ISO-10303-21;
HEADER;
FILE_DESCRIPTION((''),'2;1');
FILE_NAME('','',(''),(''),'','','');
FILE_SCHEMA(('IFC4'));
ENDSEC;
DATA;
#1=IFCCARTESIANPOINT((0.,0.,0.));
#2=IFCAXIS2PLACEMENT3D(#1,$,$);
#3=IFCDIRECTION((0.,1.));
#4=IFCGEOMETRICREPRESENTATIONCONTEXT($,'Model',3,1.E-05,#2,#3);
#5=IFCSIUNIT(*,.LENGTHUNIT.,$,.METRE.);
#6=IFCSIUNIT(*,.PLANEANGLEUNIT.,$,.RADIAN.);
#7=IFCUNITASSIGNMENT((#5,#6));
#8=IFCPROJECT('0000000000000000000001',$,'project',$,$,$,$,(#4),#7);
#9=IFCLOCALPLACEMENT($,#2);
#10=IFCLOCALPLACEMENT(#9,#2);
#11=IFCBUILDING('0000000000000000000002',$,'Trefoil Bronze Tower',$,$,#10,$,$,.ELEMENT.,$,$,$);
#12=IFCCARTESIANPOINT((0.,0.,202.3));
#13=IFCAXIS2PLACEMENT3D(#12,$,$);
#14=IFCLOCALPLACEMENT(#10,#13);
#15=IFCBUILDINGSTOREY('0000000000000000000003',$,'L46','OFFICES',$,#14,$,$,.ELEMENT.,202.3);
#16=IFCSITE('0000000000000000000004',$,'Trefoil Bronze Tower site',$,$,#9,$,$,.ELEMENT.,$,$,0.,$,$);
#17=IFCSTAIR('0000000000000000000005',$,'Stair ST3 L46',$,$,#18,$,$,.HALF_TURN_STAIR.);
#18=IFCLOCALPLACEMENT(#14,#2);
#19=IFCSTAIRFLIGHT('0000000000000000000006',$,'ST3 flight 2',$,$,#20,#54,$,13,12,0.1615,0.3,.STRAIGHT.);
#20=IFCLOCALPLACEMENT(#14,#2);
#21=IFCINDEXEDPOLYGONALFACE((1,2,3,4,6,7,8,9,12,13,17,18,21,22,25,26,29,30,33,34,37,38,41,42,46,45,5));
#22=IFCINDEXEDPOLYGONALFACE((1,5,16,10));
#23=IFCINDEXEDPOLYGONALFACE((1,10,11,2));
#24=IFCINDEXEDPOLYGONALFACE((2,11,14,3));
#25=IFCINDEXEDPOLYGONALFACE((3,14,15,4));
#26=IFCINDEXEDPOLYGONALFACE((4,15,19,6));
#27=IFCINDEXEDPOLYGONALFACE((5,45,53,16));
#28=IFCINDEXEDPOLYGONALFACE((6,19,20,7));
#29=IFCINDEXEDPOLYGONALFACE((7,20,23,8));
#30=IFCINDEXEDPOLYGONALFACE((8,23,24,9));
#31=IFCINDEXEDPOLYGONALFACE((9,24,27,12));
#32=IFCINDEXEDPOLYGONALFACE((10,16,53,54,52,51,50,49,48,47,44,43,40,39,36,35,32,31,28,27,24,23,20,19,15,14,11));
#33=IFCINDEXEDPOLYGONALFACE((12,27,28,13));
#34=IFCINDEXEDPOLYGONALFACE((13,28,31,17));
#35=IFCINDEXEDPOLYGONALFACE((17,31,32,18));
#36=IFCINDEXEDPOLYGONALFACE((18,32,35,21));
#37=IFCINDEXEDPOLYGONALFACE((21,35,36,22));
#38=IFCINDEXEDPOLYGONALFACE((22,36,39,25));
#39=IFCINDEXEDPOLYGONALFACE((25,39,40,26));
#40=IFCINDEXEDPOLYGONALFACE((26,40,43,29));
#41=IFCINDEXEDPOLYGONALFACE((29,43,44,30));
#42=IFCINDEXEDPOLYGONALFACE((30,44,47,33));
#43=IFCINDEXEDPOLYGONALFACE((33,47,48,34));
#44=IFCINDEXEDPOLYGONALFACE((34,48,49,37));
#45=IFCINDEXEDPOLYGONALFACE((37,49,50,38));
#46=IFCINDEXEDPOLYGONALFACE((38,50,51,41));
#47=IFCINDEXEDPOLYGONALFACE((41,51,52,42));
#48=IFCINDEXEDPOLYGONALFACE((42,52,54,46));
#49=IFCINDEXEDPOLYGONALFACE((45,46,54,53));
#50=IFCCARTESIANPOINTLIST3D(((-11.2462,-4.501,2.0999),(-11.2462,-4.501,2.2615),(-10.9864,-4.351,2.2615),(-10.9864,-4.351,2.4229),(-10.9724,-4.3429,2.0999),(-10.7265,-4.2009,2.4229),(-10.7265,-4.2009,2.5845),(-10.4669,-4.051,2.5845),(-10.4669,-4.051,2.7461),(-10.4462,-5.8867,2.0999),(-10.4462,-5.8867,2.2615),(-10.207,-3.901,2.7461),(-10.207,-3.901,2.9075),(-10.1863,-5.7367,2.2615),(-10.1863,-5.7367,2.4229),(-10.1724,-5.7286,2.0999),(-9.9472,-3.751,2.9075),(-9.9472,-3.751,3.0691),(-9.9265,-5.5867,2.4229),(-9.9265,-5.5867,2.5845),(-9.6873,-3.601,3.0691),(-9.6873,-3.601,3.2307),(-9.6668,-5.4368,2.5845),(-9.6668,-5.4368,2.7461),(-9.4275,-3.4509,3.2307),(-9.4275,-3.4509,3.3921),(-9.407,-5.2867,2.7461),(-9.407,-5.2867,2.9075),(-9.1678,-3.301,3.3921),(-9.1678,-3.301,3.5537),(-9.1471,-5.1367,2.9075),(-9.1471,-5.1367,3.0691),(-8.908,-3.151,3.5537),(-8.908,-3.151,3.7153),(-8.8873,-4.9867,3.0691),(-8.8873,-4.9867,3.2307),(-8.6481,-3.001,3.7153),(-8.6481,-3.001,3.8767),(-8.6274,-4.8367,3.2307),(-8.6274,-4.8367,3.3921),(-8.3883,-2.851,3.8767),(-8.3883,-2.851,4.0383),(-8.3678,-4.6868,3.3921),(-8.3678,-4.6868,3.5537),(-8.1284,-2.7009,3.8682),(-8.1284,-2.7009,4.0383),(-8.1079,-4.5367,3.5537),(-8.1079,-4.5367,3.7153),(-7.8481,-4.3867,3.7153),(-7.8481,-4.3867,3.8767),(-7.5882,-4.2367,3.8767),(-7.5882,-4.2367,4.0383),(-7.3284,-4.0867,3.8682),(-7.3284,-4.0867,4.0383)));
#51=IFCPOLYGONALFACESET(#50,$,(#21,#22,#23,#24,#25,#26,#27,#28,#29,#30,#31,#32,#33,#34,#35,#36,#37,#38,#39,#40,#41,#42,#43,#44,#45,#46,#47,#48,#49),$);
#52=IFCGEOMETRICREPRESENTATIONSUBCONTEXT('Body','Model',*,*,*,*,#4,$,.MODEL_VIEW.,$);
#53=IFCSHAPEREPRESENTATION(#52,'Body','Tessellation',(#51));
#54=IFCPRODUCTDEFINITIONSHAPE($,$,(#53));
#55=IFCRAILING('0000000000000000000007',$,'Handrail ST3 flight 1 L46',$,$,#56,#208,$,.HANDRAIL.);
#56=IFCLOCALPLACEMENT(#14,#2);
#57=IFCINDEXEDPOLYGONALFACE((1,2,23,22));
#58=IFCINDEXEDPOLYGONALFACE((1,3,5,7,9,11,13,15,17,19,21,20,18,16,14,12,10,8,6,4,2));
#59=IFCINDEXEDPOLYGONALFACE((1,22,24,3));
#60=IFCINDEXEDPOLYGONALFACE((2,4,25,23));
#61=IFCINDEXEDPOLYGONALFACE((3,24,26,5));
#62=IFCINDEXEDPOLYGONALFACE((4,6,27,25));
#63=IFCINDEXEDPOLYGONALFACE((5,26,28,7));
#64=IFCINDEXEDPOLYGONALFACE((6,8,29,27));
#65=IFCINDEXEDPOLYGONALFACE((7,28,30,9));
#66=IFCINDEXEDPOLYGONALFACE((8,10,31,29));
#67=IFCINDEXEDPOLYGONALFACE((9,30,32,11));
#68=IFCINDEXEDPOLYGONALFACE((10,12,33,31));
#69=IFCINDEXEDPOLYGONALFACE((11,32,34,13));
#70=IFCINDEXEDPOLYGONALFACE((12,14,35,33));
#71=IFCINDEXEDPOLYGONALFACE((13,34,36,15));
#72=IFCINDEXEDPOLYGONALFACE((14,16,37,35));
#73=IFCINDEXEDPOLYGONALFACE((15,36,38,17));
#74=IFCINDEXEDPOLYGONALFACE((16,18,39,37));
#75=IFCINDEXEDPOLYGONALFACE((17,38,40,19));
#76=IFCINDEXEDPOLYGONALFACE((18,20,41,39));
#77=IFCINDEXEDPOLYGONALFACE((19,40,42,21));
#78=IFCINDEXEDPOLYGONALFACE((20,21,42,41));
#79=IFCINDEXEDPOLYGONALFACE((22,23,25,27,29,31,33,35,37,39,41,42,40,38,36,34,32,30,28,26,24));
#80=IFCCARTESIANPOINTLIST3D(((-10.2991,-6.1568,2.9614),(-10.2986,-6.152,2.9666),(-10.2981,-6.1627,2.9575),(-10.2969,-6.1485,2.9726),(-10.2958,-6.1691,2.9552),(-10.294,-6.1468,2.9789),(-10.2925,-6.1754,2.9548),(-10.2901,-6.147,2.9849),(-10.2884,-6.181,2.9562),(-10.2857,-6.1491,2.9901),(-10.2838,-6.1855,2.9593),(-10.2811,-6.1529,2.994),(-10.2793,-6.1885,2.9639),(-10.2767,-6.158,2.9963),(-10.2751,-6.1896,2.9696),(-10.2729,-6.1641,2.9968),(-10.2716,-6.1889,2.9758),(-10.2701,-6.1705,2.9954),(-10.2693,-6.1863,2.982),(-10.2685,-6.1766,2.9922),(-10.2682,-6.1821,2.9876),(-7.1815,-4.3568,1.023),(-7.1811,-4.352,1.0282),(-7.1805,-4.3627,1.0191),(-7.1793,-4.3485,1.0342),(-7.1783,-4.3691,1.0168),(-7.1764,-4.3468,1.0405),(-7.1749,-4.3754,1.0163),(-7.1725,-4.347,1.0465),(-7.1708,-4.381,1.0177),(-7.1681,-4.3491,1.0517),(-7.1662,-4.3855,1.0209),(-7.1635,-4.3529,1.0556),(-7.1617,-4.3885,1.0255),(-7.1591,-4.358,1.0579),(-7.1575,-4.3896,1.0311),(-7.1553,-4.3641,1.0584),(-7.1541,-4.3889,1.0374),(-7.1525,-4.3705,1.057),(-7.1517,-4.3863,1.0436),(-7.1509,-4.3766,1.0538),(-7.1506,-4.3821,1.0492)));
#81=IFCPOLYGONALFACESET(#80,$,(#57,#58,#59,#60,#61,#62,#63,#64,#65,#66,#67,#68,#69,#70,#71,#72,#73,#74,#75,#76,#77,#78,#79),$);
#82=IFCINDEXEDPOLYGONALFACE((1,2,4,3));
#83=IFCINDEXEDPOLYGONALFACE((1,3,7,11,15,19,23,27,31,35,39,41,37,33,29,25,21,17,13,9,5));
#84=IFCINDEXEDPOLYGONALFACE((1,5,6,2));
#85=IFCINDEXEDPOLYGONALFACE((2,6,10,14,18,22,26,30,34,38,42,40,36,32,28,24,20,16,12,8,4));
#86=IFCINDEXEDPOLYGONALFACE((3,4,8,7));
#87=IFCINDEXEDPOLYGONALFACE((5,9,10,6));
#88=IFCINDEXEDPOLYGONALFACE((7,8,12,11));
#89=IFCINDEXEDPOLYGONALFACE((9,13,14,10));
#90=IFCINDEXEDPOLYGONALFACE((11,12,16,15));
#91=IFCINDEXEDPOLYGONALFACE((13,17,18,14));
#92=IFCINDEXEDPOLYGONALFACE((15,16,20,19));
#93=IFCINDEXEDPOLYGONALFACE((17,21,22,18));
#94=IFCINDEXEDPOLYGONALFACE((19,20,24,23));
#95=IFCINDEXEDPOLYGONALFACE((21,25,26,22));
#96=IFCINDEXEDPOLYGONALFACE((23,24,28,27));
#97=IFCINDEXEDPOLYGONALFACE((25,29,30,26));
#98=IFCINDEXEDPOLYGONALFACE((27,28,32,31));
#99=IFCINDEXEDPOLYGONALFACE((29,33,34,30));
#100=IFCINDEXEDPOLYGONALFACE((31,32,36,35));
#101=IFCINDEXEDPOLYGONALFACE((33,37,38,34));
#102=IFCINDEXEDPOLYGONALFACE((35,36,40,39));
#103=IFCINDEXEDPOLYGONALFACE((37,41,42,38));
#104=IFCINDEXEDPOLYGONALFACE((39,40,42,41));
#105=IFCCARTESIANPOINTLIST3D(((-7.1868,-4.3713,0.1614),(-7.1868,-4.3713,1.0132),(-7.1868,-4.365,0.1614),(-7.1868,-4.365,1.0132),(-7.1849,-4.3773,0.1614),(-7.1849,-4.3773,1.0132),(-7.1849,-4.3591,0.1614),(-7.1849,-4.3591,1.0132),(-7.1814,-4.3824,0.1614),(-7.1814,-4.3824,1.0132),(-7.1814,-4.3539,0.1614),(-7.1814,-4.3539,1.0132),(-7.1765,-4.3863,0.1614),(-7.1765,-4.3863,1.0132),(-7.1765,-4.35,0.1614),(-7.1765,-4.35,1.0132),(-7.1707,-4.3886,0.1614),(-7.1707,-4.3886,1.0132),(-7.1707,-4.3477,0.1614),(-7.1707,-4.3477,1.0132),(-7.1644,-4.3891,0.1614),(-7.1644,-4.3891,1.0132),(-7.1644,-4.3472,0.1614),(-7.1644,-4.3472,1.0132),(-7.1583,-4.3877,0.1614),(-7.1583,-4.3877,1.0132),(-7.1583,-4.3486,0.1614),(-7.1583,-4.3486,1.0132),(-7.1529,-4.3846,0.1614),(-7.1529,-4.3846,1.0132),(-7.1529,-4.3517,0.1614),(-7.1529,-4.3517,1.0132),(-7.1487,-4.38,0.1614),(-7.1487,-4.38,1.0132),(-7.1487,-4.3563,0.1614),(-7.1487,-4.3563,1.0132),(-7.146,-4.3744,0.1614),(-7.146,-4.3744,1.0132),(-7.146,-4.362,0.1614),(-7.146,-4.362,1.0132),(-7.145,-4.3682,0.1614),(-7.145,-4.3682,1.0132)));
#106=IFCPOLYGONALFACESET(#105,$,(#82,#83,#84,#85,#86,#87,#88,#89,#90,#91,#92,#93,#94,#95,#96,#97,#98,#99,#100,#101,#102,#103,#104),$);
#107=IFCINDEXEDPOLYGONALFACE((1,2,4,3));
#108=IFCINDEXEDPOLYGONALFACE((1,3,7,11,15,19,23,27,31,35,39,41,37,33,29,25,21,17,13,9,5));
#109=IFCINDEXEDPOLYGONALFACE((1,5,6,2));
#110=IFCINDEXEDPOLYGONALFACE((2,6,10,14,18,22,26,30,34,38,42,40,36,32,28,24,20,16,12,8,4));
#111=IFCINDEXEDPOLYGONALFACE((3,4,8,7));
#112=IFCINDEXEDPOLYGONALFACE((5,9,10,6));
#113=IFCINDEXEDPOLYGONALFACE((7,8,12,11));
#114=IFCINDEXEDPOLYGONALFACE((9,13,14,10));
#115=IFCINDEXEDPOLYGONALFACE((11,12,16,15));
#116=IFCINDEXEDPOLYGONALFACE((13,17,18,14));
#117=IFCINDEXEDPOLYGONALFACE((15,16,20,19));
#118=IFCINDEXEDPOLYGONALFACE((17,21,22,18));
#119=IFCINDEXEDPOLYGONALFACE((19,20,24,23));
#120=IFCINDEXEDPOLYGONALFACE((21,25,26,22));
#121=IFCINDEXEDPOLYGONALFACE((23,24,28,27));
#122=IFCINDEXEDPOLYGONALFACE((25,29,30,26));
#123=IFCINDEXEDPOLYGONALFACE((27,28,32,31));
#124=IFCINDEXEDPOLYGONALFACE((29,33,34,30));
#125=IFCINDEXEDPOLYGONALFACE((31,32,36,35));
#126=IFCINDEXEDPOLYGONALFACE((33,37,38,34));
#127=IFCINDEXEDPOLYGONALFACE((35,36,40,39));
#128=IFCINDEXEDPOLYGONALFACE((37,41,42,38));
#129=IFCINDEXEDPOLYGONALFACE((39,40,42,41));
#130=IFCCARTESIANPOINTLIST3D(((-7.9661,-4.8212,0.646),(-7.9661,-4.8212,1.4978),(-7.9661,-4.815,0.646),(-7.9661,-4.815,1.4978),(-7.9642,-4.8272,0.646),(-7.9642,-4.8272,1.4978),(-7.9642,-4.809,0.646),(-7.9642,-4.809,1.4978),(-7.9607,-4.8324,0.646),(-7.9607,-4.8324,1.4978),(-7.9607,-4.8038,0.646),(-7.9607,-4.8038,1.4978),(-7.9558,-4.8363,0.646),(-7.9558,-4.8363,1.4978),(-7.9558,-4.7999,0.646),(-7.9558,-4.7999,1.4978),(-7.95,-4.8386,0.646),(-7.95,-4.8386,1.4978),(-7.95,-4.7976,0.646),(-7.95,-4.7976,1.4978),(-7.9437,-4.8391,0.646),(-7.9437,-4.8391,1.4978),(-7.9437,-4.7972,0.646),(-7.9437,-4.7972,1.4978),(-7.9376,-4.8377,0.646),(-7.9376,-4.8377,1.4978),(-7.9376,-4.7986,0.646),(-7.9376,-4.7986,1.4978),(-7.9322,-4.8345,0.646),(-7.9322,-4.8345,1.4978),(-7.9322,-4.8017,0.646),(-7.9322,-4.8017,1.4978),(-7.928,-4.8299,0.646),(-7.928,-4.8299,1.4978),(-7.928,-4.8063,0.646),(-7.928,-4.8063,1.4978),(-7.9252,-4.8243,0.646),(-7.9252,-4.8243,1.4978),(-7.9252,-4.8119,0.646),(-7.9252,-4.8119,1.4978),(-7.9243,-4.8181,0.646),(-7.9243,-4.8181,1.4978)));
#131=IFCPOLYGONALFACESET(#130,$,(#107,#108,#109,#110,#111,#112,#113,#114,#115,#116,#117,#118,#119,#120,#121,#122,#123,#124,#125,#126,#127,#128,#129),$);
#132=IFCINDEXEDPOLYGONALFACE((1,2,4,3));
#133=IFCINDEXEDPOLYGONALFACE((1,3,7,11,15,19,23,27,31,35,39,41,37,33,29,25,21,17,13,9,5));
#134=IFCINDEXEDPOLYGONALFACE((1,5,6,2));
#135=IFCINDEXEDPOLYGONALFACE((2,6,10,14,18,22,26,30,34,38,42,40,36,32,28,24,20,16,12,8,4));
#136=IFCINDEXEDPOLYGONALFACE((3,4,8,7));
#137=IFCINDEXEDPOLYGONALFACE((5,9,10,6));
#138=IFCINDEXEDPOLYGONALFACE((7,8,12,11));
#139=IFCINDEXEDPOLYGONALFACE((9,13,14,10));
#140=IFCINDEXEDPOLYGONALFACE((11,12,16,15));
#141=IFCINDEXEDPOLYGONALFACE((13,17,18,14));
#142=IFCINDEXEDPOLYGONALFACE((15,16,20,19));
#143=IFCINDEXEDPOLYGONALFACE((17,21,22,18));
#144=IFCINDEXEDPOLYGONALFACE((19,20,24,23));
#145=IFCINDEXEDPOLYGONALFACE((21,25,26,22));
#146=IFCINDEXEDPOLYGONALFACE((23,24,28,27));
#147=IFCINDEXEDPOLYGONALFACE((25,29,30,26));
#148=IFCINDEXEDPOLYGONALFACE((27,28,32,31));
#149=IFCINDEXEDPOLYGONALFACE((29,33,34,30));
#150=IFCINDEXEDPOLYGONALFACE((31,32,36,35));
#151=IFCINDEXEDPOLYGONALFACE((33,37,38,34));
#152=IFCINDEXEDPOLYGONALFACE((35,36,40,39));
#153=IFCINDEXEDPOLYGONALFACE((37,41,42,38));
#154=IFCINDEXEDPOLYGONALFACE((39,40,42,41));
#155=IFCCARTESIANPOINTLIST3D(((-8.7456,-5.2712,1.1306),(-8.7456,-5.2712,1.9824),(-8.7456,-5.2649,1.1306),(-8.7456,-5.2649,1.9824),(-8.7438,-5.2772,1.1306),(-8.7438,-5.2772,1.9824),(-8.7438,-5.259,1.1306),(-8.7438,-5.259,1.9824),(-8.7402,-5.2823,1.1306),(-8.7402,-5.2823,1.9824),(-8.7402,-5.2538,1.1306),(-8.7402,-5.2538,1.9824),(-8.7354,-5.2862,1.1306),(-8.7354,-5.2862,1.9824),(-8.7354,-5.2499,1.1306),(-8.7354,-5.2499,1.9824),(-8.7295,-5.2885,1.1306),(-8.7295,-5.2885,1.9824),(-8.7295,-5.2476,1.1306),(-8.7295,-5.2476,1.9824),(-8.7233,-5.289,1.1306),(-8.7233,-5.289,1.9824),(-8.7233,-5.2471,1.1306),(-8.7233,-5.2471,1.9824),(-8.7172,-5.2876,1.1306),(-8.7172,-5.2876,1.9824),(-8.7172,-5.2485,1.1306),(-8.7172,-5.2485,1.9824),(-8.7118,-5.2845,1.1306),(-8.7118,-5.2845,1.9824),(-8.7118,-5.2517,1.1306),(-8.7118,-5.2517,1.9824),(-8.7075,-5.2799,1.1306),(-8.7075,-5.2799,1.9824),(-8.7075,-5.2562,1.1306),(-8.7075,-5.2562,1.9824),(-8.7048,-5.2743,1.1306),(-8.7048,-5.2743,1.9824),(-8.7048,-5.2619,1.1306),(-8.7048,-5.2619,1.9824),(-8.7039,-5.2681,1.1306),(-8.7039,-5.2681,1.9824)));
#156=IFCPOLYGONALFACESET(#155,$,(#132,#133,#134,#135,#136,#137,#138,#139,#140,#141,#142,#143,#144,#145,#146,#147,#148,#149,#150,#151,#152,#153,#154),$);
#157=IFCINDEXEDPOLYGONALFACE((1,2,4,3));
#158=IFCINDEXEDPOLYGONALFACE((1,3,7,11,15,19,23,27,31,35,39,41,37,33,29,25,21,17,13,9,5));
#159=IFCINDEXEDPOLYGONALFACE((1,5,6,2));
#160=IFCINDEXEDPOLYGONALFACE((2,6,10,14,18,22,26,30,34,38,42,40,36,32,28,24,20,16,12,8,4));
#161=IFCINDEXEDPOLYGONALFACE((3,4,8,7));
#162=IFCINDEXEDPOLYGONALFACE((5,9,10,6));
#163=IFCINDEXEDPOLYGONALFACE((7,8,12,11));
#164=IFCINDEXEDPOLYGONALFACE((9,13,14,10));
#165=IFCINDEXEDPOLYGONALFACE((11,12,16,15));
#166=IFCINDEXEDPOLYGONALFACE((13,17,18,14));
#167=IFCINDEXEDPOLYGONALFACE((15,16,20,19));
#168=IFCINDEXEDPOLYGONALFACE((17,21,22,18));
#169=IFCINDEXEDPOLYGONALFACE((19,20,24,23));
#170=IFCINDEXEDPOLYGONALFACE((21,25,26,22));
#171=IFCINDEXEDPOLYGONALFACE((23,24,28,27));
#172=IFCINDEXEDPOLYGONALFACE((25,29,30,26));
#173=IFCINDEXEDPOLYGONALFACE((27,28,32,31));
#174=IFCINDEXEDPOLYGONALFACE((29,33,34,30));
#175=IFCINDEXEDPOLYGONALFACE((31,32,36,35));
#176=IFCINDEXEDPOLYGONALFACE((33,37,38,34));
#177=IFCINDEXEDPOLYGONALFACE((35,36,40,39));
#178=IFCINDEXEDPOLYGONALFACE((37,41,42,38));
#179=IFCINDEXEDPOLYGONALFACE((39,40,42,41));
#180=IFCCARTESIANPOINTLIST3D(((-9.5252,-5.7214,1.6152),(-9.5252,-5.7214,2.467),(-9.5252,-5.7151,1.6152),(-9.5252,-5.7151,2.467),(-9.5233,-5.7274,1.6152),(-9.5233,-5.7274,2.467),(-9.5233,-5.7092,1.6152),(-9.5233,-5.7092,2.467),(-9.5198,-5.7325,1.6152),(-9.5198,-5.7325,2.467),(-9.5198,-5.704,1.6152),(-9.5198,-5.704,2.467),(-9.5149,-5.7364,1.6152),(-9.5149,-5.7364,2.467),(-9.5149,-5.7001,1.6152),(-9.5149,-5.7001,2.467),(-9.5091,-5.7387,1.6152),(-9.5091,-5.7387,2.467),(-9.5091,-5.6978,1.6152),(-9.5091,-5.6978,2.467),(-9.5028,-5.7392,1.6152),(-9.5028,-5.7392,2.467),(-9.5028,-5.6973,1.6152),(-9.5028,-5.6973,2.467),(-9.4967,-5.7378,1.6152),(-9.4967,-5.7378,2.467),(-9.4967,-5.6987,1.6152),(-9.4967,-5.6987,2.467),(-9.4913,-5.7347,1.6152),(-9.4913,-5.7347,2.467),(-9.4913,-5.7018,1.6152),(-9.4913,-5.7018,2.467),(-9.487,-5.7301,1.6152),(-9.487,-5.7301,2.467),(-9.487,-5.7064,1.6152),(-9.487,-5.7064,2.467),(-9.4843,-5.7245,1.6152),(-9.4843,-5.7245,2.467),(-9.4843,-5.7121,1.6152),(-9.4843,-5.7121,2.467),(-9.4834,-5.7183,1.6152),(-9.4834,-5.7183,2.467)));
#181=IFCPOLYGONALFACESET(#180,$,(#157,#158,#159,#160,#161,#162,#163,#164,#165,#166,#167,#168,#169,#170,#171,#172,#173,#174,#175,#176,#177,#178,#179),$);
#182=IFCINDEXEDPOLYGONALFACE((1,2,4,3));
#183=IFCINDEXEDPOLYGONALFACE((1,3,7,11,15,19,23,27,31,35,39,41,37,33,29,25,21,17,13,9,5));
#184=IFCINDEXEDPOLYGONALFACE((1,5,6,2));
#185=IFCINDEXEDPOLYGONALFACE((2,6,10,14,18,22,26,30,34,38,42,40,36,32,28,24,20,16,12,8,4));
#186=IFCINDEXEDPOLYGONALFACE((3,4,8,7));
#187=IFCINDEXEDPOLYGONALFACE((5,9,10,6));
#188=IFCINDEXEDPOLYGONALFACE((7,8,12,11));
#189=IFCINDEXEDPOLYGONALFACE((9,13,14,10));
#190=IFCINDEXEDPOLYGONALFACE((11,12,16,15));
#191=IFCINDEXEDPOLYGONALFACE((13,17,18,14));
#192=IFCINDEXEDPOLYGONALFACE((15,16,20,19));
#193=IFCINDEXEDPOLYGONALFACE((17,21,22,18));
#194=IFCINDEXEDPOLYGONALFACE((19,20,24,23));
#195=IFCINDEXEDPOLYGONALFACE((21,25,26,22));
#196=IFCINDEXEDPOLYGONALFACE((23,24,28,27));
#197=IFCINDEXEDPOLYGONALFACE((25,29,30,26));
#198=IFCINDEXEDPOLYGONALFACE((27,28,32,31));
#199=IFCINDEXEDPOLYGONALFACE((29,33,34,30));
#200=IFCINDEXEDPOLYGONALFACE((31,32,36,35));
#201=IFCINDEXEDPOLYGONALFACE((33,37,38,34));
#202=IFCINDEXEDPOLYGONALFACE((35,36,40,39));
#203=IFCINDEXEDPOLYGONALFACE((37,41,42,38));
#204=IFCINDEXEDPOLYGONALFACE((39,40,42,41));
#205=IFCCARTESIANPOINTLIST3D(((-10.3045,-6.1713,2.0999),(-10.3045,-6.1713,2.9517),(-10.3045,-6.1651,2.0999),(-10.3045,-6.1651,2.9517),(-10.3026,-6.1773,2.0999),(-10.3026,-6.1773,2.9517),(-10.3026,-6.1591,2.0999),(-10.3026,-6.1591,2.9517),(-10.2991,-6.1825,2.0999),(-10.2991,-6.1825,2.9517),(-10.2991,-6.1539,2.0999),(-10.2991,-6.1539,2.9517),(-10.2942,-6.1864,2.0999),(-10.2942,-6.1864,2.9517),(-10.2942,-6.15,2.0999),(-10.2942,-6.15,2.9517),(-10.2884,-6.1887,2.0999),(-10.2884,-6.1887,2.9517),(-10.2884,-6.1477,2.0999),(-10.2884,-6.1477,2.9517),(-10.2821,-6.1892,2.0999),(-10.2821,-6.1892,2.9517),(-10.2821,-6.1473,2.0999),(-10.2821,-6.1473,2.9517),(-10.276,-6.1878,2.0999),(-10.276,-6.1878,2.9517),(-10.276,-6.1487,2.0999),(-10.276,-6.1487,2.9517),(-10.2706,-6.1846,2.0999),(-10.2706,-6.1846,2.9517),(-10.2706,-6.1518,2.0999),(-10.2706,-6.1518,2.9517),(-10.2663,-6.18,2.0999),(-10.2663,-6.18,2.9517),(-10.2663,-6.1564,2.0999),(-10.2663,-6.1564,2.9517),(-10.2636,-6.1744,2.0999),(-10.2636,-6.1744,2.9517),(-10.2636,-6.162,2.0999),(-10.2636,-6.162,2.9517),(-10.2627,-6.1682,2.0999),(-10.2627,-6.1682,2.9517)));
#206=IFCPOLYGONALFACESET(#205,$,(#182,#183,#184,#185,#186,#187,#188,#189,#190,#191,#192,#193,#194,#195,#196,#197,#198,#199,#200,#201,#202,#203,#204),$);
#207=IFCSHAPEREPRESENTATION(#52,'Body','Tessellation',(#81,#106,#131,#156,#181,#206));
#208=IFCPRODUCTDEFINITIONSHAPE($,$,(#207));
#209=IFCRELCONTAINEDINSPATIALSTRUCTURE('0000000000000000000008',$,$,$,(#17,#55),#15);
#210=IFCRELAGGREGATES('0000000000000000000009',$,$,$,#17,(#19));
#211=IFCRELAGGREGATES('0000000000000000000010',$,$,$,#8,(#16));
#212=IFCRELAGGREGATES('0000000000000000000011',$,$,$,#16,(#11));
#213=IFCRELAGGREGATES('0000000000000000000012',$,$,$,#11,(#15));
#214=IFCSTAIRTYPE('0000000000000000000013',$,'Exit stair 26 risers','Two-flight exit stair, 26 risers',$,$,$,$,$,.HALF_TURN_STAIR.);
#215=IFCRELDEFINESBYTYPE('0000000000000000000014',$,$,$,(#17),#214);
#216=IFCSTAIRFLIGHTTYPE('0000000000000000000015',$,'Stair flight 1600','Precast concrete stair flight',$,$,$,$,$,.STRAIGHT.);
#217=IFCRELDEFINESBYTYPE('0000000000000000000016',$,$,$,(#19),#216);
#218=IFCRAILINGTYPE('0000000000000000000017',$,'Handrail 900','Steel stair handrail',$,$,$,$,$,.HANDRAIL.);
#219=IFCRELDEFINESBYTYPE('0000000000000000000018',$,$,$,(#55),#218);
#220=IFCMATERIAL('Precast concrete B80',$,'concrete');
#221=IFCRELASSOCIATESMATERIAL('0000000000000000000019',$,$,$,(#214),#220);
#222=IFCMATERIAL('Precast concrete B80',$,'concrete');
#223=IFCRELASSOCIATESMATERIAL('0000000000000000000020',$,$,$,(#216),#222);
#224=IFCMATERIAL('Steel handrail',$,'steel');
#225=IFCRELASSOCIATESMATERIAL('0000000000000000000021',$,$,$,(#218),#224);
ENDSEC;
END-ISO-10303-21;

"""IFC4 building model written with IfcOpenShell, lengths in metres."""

from ifc_helpers import new_model, si_unit, direction, frame, origin, origin_2d, place, context, subcontext, project, spatial, polyline, circle, outline, extrude, material, type_object, element, aggregate, save


model = new_model("IFC4")

# Units and contexts
model_context = context("Model", 3, precision=1e-05, world=origin(), true_north=direction((0.0, 1.0)))
body_context = subcontext(model_context, "Body", "Model", "MODEL_VIEW")
ifc_project = project(units=[si_unit("LENGTHUNIT", "METRE"), si_unit("PLANEANGLEUNIT", "RADIAN")], contexts=[model_context])

# Site, building, storey
site_placement = place(None, origin())
site = spatial("IfcSite", under=ifc_project, at=site_placement, Name="Trefoil Bronze Tower site", CompositionType="ELEMENT", RefElevation=0.0)
building_placement = place(site_placement, origin())
building = spatial("IfcBuilding", under=site, at=building_placement, Name="Trefoil Bronze Tower", CompositionType="ELEMENT")
storey_placement = place(building_placement, frame((0.0, 0.0, 202.3)))
storey = spatial("IfcBuildingStorey", under=building, at=storey_placement, Name="L46", Description="OFFICES", CompositionType="ELEMENT", Elevation=202.3)

# Stair, stair flight
ifc_material_1 = material(Name="Precast concrete B80", Category="concrete")
stair_type = type_object("IfcStairType", Name="Exit stair 26 risers", Description="Two-flight exit stair, 26 risers", PredefinedType="HALF_TURN_STAIR", material=ifc_material_1)
stair_placement = place(storey_placement, origin())
stair = element("IfcStair", 1, at=stair_placement, inside=storey, type_object=stair_type, Name="Stair ST3 L46", PredefinedType="HALF_TURN_STAIR")
ifc_material_2 = material(Name="Precast concrete B80", Category="concrete")
stair_flight_type = type_object("IfcStairFlightType", Name="Stair flight 1600", Description="Precast concrete stair flight", PredefinedType="STRAIGHT", material=ifc_material_2)
stair_flight_1_placement = place(storey_placement, frame((-10.8462, -5.1938, 2.0999), z_axis=(0.0, 0.0, 1.0), x_axis=(0.866025, 0.5, 0.0)))
stair_flight_1 = element("IfcStairFlight", 2, at=stair_flight_1_placement, type_object=stair_flight_type, Name="ST3 flight 2", NumberOfRisers=13, NumberOfTreads=12, PredefinedType="STRAIGHT", RiserHeight=0.1615, TreadLength=0.3, context=body_context, shape_type="SweptSolid", body=[
    extrude(outline(polyline([(0.0, 0.0), (0.0, 0.1616), (0.3, 0.1616), (0.3, 0.323), (0.6001, 0.323), (0.6001, 0.4846), (0.8999, 0.4846), (0.8999, 0.6462), (1.2, 0.6462), (1.2, 0.8076), (1.5, 0.8076), (1.5, 0.9692), (1.8, 0.9692), (1.8, 1.1309), (2.1001, 1.1309), (2.1001, 1.2922), (2.3999, 1.2922), (2.3999, 1.4539), (2.7, 1.4539), (2.7, 1.6155), (3.0, 1.6155), (3.0, 1.7769), (3.3, 1.7769), (3.3, 1.9385), (3.6001, 1.9385), (3.6001, 2.1001), (3.6001, 1.7683), (0.3162, 0.0), (0.0, 0.0)])), frame((0.0, 0.8, 0.0), z_axis=(0.0, -1.0, 0.0), x_axis=(1.0, 0.0, 0.0)), (0.0, 0.0, 1.0), 1.6001),
])
aggregate(stair, [stair_flight_1])

# Railing
ifc_material_3 = material(Name="Steel handrail", Category="steel")
railing_type = type_object("IfcRailingType", Name="Handrail 900", Description="Steel stair handrail", PredefinedType="HANDRAIL", material=ifc_material_3)
railing_1_placement = place(storey_placement, frame((-7.166, -4.3682, 0.1614)))
element("IfcRailing", 3, at=railing_1_placement, inside=storey, type_object=railing_type, Name="Handrail ST3 flight 1 L46", PredefinedType="HANDRAIL", context=body_context, shape_type="SweptSolid", body=[
    extrude(circle(Radius=0.0239, at=origin_2d()), frame((0.0, 0.0, 0.876), z_axis=(-0.762503, -0.440246, 0.474102), x_axis=(0.500012, -0.866018, 0.0)), (0.0, 0.0, 1.0), 4.0886),
    extrude(circle(Radius=0.021, at=origin_2d()), origin(), (0.0, 0.0, 1.0), 0.8518),
    extrude(circle(Radius=0.021, at=origin_2d()), frame((-0.7793, -0.45, 0.4846)), (0.0, 0.0, 1.0), 0.8518),
    extrude(circle(Radius=0.021, at=origin_2d()), frame((-1.5588, -0.8999, 0.9692)), (0.0, 0.0, 1.0), 0.8518),
    extrude(circle(Radius=0.021, at=origin_2d()), frame((-2.3384, -1.3501, 1.4539)), (0.0, 0.0, 1.0), 0.8518),
    extrude(circle(Radius=0.021, at=origin_2d()), frame((-3.1177, -1.8, 1.9385)), (0.0, 0.0, 1.0), 0.8518),
])

save(model, "model.ifc")
